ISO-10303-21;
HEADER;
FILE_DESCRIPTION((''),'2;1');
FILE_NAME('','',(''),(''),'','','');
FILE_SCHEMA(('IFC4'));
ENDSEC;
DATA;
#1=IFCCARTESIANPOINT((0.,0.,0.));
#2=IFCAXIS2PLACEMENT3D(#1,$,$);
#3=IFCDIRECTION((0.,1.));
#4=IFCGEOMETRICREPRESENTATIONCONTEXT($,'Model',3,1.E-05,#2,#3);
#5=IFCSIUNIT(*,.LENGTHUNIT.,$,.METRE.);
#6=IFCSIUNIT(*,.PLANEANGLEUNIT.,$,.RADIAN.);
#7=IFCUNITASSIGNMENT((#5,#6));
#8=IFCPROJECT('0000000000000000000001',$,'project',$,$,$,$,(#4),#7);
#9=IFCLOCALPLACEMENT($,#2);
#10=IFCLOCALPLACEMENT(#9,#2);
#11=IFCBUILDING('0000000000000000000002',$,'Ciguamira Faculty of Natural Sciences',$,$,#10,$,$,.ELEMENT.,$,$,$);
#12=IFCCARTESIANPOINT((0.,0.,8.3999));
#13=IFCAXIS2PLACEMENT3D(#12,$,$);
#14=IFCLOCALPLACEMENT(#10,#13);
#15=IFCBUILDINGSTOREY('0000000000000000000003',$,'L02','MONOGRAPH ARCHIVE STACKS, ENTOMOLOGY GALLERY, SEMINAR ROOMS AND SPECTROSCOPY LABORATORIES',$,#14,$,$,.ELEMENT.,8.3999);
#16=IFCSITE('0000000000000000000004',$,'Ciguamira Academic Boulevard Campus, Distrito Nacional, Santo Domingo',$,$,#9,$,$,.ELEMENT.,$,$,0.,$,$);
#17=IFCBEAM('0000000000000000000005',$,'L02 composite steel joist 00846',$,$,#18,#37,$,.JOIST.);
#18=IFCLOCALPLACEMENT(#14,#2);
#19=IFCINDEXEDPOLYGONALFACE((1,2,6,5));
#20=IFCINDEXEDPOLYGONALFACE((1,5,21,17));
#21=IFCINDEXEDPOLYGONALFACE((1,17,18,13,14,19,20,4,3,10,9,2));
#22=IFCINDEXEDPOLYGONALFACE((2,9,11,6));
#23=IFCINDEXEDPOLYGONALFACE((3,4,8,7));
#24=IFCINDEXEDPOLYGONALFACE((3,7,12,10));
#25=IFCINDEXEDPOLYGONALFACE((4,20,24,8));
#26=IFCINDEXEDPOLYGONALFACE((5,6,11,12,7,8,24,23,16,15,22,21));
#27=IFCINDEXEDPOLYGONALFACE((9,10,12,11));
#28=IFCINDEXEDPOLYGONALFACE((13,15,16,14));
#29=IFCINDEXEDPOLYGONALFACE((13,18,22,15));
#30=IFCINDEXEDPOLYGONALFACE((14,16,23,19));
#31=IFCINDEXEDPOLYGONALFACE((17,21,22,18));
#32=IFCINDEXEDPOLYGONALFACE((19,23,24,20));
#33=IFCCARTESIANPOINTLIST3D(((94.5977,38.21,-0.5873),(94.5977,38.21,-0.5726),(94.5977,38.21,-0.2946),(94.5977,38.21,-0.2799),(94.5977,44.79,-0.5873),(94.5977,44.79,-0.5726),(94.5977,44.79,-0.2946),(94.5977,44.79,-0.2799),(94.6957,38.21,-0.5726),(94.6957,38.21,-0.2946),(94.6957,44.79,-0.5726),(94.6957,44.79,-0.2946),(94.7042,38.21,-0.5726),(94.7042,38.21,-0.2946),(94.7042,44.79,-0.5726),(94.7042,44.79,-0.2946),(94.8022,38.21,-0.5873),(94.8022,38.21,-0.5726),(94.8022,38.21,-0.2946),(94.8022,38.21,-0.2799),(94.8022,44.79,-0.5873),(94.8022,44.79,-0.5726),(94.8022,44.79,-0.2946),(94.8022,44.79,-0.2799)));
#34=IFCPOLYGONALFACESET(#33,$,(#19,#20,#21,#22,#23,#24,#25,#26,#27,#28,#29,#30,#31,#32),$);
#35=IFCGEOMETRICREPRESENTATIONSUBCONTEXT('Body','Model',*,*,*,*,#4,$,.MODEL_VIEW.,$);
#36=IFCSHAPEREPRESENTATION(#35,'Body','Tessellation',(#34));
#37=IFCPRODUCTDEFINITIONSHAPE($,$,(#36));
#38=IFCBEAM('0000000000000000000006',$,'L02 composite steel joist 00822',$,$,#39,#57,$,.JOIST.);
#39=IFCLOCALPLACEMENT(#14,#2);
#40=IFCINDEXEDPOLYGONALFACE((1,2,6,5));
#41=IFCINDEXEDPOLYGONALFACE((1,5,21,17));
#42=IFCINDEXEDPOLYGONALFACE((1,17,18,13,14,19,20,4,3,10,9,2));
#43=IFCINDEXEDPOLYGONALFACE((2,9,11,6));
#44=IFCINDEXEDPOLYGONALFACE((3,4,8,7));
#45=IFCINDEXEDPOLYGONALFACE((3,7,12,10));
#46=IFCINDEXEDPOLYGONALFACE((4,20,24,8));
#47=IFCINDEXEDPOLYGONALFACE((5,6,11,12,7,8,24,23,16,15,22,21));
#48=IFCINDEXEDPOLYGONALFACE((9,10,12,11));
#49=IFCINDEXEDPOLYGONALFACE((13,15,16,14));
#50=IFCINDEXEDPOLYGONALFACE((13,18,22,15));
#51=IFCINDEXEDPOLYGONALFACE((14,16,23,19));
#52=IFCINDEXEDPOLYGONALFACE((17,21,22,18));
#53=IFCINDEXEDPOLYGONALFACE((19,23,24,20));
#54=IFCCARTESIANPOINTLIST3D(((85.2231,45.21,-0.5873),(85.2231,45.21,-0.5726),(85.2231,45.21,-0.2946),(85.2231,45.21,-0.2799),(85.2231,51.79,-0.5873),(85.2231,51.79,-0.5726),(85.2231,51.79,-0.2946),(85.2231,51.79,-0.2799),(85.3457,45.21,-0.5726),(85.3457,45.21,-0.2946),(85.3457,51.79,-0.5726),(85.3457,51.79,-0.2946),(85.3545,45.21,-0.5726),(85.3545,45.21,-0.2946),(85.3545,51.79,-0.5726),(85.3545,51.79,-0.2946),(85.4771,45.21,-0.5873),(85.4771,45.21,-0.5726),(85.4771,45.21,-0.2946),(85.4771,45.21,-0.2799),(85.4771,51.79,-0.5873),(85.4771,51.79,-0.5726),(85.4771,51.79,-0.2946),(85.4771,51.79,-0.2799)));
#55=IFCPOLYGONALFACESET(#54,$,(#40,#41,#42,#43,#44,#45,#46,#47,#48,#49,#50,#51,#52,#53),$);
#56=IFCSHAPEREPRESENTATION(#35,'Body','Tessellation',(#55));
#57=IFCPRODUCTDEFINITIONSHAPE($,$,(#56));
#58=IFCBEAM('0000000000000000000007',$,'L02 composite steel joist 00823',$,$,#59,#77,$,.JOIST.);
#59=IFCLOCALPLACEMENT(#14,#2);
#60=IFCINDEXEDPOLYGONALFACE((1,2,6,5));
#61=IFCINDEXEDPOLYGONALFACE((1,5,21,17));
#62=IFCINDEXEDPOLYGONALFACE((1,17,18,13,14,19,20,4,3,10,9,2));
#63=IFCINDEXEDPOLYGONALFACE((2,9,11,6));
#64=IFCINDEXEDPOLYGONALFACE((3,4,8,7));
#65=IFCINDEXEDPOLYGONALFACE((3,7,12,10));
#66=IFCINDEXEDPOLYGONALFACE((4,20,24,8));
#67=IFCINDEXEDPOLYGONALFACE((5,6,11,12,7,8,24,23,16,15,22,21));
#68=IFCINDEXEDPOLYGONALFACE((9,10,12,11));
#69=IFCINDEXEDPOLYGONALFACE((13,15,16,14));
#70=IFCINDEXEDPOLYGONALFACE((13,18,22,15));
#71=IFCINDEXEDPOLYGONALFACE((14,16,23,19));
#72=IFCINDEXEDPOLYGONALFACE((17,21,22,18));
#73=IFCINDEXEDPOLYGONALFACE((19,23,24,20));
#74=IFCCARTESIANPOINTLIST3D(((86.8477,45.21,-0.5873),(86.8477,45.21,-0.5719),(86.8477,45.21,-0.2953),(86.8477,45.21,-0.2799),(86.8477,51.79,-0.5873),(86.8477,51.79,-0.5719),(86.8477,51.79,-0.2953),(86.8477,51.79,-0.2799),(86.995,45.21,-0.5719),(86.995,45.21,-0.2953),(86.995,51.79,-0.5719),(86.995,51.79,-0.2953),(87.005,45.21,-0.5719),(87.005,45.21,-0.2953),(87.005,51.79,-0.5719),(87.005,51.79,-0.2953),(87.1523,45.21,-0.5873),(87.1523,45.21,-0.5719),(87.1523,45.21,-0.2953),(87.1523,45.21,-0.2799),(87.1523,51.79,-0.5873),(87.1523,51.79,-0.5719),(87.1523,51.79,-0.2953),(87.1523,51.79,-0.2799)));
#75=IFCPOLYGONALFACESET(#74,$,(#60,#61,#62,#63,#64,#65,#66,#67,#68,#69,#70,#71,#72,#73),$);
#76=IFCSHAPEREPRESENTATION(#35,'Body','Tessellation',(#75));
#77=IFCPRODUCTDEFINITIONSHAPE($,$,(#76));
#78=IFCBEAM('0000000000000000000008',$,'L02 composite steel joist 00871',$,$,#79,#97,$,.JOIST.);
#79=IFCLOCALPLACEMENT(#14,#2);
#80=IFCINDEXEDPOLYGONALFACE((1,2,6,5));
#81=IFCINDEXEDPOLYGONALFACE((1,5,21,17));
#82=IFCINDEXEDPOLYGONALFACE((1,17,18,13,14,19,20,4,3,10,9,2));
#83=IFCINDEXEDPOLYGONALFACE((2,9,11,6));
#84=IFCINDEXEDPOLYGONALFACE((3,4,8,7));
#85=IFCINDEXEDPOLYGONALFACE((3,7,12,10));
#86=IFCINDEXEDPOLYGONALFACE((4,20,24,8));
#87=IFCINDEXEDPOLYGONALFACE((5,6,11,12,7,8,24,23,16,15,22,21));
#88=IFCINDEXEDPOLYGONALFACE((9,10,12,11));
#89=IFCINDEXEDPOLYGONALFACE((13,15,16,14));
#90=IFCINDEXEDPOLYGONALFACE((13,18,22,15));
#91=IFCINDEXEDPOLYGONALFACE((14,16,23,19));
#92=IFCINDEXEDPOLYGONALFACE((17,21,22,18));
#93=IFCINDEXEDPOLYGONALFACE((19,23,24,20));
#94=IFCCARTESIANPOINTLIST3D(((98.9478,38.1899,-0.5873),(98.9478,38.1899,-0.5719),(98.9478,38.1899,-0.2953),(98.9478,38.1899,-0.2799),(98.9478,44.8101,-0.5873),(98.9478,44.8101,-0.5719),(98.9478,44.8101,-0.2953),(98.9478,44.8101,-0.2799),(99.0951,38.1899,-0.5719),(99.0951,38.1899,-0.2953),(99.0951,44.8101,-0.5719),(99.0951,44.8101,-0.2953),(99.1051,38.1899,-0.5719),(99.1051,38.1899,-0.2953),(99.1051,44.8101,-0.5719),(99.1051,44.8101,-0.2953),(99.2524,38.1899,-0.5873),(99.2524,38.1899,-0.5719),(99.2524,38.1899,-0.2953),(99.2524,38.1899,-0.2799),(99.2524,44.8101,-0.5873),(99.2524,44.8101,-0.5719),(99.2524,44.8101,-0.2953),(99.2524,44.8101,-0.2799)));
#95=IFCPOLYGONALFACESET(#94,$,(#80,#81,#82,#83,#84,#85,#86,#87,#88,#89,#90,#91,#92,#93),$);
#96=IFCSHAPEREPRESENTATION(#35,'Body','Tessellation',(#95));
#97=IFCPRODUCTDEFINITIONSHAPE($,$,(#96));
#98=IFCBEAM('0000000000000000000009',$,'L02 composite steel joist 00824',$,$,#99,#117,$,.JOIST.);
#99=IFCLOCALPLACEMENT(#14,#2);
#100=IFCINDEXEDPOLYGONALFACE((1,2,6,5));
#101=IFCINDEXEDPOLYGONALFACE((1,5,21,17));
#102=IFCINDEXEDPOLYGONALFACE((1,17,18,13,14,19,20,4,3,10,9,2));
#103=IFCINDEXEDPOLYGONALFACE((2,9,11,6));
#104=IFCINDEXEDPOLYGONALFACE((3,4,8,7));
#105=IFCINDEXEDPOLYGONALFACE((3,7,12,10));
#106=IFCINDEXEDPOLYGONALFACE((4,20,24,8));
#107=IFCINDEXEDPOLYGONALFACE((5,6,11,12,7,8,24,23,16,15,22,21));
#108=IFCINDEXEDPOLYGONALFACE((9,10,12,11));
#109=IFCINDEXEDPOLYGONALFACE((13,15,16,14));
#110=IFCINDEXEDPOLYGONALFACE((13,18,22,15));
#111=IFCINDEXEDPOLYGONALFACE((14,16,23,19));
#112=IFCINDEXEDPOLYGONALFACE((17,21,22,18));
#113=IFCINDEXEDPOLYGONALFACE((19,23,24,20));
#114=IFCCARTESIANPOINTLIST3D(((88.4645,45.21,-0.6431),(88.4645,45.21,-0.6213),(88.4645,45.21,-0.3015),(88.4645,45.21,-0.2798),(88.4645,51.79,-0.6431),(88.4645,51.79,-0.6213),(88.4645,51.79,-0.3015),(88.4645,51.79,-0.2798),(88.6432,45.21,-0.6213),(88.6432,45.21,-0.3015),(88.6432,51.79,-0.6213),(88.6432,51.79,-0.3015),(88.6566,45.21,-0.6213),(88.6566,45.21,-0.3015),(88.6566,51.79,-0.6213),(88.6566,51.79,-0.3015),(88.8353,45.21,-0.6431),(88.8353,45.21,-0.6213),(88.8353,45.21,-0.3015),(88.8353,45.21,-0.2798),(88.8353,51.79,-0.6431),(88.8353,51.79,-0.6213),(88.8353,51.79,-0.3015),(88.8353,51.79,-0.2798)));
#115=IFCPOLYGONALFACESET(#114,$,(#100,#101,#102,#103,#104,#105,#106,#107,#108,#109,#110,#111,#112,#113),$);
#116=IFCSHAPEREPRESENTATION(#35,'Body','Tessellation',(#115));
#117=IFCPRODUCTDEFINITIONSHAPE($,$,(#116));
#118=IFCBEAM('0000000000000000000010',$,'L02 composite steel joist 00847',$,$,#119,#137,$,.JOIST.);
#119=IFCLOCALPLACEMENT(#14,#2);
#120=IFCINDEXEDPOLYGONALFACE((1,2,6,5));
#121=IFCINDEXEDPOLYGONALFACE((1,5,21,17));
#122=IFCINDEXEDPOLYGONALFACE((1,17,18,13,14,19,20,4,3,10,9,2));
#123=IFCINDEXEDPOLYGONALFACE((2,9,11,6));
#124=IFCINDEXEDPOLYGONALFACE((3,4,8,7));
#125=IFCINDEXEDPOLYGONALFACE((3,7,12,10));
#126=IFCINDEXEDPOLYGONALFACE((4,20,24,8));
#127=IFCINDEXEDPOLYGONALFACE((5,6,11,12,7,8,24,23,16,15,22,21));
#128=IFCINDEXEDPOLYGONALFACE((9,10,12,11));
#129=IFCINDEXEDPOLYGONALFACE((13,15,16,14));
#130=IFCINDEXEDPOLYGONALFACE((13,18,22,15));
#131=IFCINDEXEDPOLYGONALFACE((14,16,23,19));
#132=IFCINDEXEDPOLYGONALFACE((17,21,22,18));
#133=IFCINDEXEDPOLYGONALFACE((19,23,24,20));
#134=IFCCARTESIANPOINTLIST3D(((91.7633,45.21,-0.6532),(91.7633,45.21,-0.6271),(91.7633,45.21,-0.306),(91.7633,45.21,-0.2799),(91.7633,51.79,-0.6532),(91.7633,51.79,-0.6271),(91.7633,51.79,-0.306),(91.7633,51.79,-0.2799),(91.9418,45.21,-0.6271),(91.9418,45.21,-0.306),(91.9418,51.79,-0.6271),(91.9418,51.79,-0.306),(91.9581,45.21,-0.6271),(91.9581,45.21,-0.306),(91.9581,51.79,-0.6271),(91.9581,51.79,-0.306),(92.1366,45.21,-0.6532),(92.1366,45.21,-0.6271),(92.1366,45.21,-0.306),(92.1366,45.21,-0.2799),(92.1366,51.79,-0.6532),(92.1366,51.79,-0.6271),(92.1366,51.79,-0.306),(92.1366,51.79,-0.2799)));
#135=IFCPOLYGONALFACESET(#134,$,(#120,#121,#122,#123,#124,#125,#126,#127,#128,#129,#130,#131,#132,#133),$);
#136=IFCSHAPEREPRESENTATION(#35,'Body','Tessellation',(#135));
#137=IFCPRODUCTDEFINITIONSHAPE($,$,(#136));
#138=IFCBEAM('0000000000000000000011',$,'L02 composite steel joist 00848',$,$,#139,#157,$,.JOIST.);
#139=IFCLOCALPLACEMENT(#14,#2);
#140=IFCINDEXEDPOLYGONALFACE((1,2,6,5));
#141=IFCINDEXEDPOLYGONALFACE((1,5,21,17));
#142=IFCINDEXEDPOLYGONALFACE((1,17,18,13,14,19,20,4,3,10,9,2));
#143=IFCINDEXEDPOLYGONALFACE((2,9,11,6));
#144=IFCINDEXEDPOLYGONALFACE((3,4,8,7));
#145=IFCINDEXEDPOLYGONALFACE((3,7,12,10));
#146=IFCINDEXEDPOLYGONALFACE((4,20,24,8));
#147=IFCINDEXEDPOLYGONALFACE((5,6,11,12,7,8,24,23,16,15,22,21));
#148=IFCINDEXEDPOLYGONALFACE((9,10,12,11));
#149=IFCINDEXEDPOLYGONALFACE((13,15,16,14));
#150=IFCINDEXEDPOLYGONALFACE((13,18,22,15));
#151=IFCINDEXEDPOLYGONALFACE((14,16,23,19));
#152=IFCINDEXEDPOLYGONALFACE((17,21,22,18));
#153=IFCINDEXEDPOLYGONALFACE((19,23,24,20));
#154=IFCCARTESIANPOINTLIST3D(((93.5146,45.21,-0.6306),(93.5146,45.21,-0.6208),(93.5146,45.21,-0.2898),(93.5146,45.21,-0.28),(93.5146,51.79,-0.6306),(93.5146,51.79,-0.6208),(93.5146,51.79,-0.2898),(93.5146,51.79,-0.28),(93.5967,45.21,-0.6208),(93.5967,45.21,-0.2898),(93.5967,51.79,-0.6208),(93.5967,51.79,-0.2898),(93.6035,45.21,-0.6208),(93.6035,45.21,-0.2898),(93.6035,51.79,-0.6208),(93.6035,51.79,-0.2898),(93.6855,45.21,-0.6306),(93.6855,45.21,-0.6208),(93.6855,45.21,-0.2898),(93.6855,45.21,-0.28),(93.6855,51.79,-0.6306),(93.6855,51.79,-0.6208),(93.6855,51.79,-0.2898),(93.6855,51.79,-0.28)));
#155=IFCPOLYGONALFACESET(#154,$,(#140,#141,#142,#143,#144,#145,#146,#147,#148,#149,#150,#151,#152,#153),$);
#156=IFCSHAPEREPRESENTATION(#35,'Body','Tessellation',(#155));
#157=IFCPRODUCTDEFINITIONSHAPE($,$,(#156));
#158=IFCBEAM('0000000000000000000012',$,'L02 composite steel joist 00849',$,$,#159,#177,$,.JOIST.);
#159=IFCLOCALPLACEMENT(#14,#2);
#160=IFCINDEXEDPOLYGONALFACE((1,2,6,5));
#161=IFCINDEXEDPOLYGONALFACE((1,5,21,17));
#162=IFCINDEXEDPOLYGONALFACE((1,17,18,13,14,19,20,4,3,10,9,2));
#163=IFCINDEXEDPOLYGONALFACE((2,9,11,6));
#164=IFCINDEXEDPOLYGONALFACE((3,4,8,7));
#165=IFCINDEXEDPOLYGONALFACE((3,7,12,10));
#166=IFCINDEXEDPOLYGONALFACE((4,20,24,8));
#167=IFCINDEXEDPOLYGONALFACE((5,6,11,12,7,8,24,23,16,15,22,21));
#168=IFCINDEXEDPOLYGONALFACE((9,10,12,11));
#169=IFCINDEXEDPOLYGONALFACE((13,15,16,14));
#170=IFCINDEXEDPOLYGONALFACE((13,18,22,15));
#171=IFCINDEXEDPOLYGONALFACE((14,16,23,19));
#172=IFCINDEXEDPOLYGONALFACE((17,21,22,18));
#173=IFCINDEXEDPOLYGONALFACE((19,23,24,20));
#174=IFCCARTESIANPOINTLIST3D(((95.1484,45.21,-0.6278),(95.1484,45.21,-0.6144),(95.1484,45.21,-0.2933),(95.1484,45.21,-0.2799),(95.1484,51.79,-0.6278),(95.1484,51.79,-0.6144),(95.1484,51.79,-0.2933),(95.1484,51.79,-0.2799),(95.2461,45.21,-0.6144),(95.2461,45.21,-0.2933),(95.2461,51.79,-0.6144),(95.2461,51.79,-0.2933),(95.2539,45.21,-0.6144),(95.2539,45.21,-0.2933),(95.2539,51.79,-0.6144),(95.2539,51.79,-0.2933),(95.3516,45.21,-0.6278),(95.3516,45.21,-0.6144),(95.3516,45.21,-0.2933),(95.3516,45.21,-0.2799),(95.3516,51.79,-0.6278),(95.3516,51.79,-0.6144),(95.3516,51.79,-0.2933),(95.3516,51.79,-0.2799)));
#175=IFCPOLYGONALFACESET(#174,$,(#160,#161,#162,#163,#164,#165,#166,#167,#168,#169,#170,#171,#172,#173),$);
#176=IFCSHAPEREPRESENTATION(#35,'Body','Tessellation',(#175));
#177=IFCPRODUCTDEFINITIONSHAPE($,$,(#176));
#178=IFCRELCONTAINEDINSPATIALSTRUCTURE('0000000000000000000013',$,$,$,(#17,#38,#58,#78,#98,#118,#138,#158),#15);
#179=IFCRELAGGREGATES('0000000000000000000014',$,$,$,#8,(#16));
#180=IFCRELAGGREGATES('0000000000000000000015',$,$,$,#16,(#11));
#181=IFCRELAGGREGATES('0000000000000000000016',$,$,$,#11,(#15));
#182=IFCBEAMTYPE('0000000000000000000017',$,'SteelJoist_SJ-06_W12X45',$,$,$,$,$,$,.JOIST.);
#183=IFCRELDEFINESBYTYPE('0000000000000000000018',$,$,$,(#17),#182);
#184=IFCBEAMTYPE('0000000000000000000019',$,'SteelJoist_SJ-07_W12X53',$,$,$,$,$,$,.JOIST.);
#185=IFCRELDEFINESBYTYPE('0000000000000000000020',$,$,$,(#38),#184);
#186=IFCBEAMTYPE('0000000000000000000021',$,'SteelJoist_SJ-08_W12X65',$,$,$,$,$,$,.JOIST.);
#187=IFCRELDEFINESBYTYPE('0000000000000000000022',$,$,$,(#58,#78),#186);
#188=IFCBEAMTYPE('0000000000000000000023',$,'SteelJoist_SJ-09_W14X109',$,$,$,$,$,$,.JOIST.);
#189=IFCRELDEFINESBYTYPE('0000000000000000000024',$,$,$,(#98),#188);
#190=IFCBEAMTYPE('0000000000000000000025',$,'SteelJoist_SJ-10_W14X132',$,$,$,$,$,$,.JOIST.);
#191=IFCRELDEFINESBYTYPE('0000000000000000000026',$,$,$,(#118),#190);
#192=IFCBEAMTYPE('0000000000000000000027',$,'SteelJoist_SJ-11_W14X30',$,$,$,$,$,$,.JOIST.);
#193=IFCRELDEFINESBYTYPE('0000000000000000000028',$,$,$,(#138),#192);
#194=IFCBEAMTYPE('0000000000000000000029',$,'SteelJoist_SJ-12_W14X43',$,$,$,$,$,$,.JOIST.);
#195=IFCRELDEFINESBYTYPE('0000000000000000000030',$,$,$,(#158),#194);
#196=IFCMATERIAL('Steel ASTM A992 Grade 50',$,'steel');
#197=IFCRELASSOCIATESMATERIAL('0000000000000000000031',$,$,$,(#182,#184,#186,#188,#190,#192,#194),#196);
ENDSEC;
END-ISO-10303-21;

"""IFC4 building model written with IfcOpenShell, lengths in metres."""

from ifc_helpers import new_model, si_unit, direction, frame, origin, origin_2d, place, context, subcontext, project, spatial, i_section, extrude, material, material_profile, profile_set, type_object, element, save


model = new_model("IFC4")

# Units and contexts
model_context = context("Model", 3, precision=1e-05, world=origin(), true_north=direction((0.0, 1.0)))
body_context = subcontext(model_context, "Body", "Model", "MODEL_VIEW")
ifc_project = project(units=[si_unit("LENGTHUNIT", "METRE"), si_unit("PLANEANGLEUNIT", "RADIAN")], contexts=[model_context])

# Site, building, storey
site_placement = place(None, origin())
site = spatial("IfcSite", under=ifc_project, at=site_placement, Name="Ciguamira Academic Boulevard Campus, Distrito Nacional, Santo Domingo", CompositionType="ELEMENT", RefElevation=0.0)
building_placement = place(site_placement, origin())
building = spatial("IfcBuilding", under=site, at=building_placement, Name="Ciguamira Faculty of Natural Sciences", CompositionType="ELEMENT")
storey_placement = place(building_placement, frame((0.0, 0.0, 8.3999)))
storey = spatial("IfcBuildingStorey", under=building, at=storey_placement, Name="L02", Description="MONOGRAPH ARCHIVE STACKS, ENTOMOLOGY GALLERY, SEMINAR ROOMS AND SPECTROSCOPY LABORATORIES", CompositionType="ELEMENT", Elevation=8.3999)

# Beams
ifc_material_1 = material(Name="Steel ASTM A992 Grade 50", Category="steel")
ifc_material_profile_1 = material_profile(ifc_material_1, i_section(OverallWidth=0.2046, OverallDepth=0.3074, WebThickness=0.0085, FlangeThickness=0.0146, at=origin_2d()), Name="W12X45")
ifc_profile_set_1 = profile_set([ifc_material_profile_1], Name="Steel ASTM A992 Grade 50")
beam_type_1 = type_object("IfcBeamType", Name="SteelJoist_SJ-06_W12X45", PredefinedType="JOIST", material=ifc_profile_set_1)
beam_1_placement = place(storey_placement, frame((94.7, 38.21, -0.4336), z_axis=(0.0, 1.0, 0.0), x_axis=(-1.0, 0.0, 0.0)))
element("IfcBeam", 1, at=beam_1_placement, inside=storey, type_object=beam_type_1, Name="L02 composite steel joist 00846", PredefinedType="JOIST", context=body_context, shape_type="SweptSolid", body=[
    extrude(i_section(OverallWidth=0.2046, OverallDepth=0.3074, WebThickness=0.0085, FlangeThickness=0.0146, at=origin_2d()), origin(), (0.0, 0.0, 1.0), 6.5801),
])
ifc_material_profile_2 = material_profile(ifc_material_1, i_section(OverallWidth=0.2539, OverallDepth=0.3074, WebThickness=0.0088, FlangeThickness=0.0146, at=origin_2d()), Name="W12X53")
ifc_profile_set_2 = profile_set([ifc_material_profile_2], Name="Steel ASTM A992 Grade 50")
beam_type_2 = type_object("IfcBeamType", Name="SteelJoist_SJ-07_W12X53", PredefinedType="JOIST", material=ifc_profile_set_2)
beam_2_placement = place(storey_placement, frame((85.3501, 45.21, -0.4336), z_axis=(0.0, 1.0, 0.0), x_axis=(-1.0, 0.0, 0.0)))
element("IfcBeam", 2, at=beam_2_placement, inside=storey, type_object=beam_type_2, Name="L02 composite steel joist 00822", PredefinedType="JOIST", context=body_context, shape_type="SweptSolid", body=[
    extrude(i_section(OverallWidth=0.2539, OverallDepth=0.3074, WebThickness=0.0088, FlangeThickness=0.0146, at=origin_2d()), origin(), (0.0, 0.0, 1.0), 6.5801),
])
ifc_material_profile_3 = material_profile(ifc_material_1, i_section(OverallWidth=0.3047, OverallDepth=0.3074, WebThickness=0.01, FlangeThickness=0.0154, at=origin_2d()), Name="W12X65")
ifc_profile_set_3 = profile_set([ifc_material_profile_3], Name="Steel ASTM A992 Grade 50")
beam_type_3 = type_object("IfcBeamType", Name="SteelJoist_SJ-08_W12X65", PredefinedType="JOIST", material=ifc_profile_set_3)
beam_3_placement = place(storey_placement, frame((87.0, 45.21, -0.4336), z_axis=(0.0, 1.0, 0.0), x_axis=(-1.0, 0.0, 0.0)))
element("IfcBeam", 3, at=beam_3_placement, inside=storey, type_object=beam_type_3, Name="L02 composite steel joist 00823", PredefinedType="JOIST", context=body_context, shape_type="SweptSolid", body=[
    extrude(i_section(OverallWidth=0.3047, OverallDepth=0.3074, WebThickness=0.01, FlangeThickness=0.0154, at=origin_2d()), origin(), (0.0, 0.0, 1.0), 6.5801),
])
beam_4_placement = place(storey_placement, frame((99.1001, 38.1899, -0.4336), z_axis=(0.0, 1.0, 0.0), x_axis=(-1.0, 0.0, 0.0)))
element("IfcBeam", 4, at=beam_4_placement, inside=storey, type_object=beam_type_3, Name="L02 composite steel joist 00871", PredefinedType="JOIST", context=body_context, shape_type="SweptSolid", body=[
    extrude(i_section(OverallWidth=0.3047, OverallDepth=0.3074, WebThickness=0.01, FlangeThickness=0.0154, at=origin_2d()), origin(), (0.0, 0.0, 1.0), 6.6201),
])
ifc_material_profile_4 = material_profile(ifc_material_1, i_section(OverallWidth=0.3708, OverallDepth=0.3633, WebThickness=0.0134, FlangeThickness=0.0217, at=origin_2d()), Name="W14X109")
ifc_profile_set_4 = profile_set([ifc_material_profile_4], Name="Steel ASTM A992 Grade 50")
beam_type_4 = type_object("IfcBeamType", Name="SteelJoist_SJ-09_W14X109", PredefinedType="JOIST", material=ifc_profile_set_4)
beam_5_placement = place(storey_placement, frame((88.6499, 45.21, -0.4614), z_axis=(0.0, 1.0, 0.0), x_axis=(-1.0, 0.0, 0.0)))
element("IfcBeam", 5, at=beam_5_placement, inside=storey, type_object=beam_type_4, Name="L02 composite steel joist 00824", PredefinedType="JOIST", context=body_context, shape_type="SweptSolid", body=[
    extrude(i_section(OverallWidth=0.3708, OverallDepth=0.3633, WebThickness=0.0134, FlangeThickness=0.0217, at=origin_2d()), origin(), (0.0, 0.0, 1.0), 6.5801),
])
ifc_material_profile_5 = material_profile(ifc_material_1, i_section(OverallWidth=0.3733, OverallDepth=0.3733, WebThickness=0.0164, FlangeThickness=0.0261, at=origin_2d()), Name="W14X132")
ifc_profile_set_5 = profile_set([ifc_material_profile_5], Name="Steel ASTM A992 Grade 50")
beam_type_5 = type_object("IfcBeamType", Name="SteelJoist_SJ-10_W14X132", PredefinedType="JOIST", material=ifc_profile_set_5)
beam_6_placement = place(storey_placement, frame((91.95, 45.21, -0.4666), z_axis=(0.0, 1.0, 0.0), x_axis=(-1.0, 0.0, 0.0)))
element("IfcBeam", 6, at=beam_6_placement, inside=storey, type_object=beam_type_5, Name="L02 composite steel joist 00847", PredefinedType="JOIST", context=body_context, shape_type="SweptSolid", body=[
    extrude(i_section(OverallWidth=0.3733, OverallDepth=0.3733, WebThickness=0.0164, FlangeThickness=0.0261, at=origin_2d()), origin(), (0.0, 0.0, 1.0), 6.5801),
])
ifc_material_profile_6 = material_profile(ifc_material_1, i_section(OverallWidth=0.1709, OverallDepth=0.3506, WebThickness=0.0068, FlangeThickness=0.0098, at=origin_2d()), Name="W14X30")
ifc_profile_set_6 = profile_set([ifc_material_profile_6], Name="Steel ASTM A992 Grade 50")
beam_type_6 = type_object("IfcBeamType", Name="SteelJoist_SJ-11_W14X30", PredefinedType="JOIST", material=ifc_profile_set_6)
beam_7_placement = place(storey_placement, frame((93.6001, 45.21, -0.4553), z_axis=(0.0, 1.0, 0.0), x_axis=(-1.0, 0.0, 0.0)))
element("IfcBeam", 7, at=beam_7_placement, inside=storey, type_object=beam_type_6, Name="L02 composite steel joist 00848", PredefinedType="JOIST", context=body_context, shape_type="SweptSolid", body=[
    extrude(i_section(OverallWidth=0.1709, OverallDepth=0.3506, WebThickness=0.0068, FlangeThickness=0.0098, at=origin_2d()), origin(), (0.0, 0.0, 1.0), 6.5801),
])
ifc_material_profile_7 = material_profile(ifc_material_1, i_section(OverallWidth=0.2031, OverallDepth=0.3479, WebThickness=0.0078, FlangeThickness=0.0134, at=origin_2d()), Name="W14X43")
ifc_profile_set_7 = profile_set([ifc_material_profile_7], Name="Steel ASTM A992 Grade 50")
beam_type_7 = type_object("IfcBeamType", Name="SteelJoist_SJ-12_W14X43", PredefinedType="JOIST", material=ifc_profile_set_7)
beam_8_placement = place(storey_placement, frame((95.25, 45.21, -0.4539), z_axis=(0.0, 1.0, 0.0), x_axis=(-1.0, 0.0, 0.0)))
element("IfcBeam", 8, at=beam_8_placement, inside=storey, type_object=beam_type_7, Name="L02 composite steel joist 00849", PredefinedType="JOIST", context=body_context, shape_type="SweptSolid", body=[
    extrude(i_section(OverallWidth=0.2031, OverallDepth=0.3479, WebThickness=0.0078, FlangeThickness=0.0134, at=origin_2d()), origin(), (0.0, 0.0, 1.0), 6.5801),
])

save(model, "model.ifc")
